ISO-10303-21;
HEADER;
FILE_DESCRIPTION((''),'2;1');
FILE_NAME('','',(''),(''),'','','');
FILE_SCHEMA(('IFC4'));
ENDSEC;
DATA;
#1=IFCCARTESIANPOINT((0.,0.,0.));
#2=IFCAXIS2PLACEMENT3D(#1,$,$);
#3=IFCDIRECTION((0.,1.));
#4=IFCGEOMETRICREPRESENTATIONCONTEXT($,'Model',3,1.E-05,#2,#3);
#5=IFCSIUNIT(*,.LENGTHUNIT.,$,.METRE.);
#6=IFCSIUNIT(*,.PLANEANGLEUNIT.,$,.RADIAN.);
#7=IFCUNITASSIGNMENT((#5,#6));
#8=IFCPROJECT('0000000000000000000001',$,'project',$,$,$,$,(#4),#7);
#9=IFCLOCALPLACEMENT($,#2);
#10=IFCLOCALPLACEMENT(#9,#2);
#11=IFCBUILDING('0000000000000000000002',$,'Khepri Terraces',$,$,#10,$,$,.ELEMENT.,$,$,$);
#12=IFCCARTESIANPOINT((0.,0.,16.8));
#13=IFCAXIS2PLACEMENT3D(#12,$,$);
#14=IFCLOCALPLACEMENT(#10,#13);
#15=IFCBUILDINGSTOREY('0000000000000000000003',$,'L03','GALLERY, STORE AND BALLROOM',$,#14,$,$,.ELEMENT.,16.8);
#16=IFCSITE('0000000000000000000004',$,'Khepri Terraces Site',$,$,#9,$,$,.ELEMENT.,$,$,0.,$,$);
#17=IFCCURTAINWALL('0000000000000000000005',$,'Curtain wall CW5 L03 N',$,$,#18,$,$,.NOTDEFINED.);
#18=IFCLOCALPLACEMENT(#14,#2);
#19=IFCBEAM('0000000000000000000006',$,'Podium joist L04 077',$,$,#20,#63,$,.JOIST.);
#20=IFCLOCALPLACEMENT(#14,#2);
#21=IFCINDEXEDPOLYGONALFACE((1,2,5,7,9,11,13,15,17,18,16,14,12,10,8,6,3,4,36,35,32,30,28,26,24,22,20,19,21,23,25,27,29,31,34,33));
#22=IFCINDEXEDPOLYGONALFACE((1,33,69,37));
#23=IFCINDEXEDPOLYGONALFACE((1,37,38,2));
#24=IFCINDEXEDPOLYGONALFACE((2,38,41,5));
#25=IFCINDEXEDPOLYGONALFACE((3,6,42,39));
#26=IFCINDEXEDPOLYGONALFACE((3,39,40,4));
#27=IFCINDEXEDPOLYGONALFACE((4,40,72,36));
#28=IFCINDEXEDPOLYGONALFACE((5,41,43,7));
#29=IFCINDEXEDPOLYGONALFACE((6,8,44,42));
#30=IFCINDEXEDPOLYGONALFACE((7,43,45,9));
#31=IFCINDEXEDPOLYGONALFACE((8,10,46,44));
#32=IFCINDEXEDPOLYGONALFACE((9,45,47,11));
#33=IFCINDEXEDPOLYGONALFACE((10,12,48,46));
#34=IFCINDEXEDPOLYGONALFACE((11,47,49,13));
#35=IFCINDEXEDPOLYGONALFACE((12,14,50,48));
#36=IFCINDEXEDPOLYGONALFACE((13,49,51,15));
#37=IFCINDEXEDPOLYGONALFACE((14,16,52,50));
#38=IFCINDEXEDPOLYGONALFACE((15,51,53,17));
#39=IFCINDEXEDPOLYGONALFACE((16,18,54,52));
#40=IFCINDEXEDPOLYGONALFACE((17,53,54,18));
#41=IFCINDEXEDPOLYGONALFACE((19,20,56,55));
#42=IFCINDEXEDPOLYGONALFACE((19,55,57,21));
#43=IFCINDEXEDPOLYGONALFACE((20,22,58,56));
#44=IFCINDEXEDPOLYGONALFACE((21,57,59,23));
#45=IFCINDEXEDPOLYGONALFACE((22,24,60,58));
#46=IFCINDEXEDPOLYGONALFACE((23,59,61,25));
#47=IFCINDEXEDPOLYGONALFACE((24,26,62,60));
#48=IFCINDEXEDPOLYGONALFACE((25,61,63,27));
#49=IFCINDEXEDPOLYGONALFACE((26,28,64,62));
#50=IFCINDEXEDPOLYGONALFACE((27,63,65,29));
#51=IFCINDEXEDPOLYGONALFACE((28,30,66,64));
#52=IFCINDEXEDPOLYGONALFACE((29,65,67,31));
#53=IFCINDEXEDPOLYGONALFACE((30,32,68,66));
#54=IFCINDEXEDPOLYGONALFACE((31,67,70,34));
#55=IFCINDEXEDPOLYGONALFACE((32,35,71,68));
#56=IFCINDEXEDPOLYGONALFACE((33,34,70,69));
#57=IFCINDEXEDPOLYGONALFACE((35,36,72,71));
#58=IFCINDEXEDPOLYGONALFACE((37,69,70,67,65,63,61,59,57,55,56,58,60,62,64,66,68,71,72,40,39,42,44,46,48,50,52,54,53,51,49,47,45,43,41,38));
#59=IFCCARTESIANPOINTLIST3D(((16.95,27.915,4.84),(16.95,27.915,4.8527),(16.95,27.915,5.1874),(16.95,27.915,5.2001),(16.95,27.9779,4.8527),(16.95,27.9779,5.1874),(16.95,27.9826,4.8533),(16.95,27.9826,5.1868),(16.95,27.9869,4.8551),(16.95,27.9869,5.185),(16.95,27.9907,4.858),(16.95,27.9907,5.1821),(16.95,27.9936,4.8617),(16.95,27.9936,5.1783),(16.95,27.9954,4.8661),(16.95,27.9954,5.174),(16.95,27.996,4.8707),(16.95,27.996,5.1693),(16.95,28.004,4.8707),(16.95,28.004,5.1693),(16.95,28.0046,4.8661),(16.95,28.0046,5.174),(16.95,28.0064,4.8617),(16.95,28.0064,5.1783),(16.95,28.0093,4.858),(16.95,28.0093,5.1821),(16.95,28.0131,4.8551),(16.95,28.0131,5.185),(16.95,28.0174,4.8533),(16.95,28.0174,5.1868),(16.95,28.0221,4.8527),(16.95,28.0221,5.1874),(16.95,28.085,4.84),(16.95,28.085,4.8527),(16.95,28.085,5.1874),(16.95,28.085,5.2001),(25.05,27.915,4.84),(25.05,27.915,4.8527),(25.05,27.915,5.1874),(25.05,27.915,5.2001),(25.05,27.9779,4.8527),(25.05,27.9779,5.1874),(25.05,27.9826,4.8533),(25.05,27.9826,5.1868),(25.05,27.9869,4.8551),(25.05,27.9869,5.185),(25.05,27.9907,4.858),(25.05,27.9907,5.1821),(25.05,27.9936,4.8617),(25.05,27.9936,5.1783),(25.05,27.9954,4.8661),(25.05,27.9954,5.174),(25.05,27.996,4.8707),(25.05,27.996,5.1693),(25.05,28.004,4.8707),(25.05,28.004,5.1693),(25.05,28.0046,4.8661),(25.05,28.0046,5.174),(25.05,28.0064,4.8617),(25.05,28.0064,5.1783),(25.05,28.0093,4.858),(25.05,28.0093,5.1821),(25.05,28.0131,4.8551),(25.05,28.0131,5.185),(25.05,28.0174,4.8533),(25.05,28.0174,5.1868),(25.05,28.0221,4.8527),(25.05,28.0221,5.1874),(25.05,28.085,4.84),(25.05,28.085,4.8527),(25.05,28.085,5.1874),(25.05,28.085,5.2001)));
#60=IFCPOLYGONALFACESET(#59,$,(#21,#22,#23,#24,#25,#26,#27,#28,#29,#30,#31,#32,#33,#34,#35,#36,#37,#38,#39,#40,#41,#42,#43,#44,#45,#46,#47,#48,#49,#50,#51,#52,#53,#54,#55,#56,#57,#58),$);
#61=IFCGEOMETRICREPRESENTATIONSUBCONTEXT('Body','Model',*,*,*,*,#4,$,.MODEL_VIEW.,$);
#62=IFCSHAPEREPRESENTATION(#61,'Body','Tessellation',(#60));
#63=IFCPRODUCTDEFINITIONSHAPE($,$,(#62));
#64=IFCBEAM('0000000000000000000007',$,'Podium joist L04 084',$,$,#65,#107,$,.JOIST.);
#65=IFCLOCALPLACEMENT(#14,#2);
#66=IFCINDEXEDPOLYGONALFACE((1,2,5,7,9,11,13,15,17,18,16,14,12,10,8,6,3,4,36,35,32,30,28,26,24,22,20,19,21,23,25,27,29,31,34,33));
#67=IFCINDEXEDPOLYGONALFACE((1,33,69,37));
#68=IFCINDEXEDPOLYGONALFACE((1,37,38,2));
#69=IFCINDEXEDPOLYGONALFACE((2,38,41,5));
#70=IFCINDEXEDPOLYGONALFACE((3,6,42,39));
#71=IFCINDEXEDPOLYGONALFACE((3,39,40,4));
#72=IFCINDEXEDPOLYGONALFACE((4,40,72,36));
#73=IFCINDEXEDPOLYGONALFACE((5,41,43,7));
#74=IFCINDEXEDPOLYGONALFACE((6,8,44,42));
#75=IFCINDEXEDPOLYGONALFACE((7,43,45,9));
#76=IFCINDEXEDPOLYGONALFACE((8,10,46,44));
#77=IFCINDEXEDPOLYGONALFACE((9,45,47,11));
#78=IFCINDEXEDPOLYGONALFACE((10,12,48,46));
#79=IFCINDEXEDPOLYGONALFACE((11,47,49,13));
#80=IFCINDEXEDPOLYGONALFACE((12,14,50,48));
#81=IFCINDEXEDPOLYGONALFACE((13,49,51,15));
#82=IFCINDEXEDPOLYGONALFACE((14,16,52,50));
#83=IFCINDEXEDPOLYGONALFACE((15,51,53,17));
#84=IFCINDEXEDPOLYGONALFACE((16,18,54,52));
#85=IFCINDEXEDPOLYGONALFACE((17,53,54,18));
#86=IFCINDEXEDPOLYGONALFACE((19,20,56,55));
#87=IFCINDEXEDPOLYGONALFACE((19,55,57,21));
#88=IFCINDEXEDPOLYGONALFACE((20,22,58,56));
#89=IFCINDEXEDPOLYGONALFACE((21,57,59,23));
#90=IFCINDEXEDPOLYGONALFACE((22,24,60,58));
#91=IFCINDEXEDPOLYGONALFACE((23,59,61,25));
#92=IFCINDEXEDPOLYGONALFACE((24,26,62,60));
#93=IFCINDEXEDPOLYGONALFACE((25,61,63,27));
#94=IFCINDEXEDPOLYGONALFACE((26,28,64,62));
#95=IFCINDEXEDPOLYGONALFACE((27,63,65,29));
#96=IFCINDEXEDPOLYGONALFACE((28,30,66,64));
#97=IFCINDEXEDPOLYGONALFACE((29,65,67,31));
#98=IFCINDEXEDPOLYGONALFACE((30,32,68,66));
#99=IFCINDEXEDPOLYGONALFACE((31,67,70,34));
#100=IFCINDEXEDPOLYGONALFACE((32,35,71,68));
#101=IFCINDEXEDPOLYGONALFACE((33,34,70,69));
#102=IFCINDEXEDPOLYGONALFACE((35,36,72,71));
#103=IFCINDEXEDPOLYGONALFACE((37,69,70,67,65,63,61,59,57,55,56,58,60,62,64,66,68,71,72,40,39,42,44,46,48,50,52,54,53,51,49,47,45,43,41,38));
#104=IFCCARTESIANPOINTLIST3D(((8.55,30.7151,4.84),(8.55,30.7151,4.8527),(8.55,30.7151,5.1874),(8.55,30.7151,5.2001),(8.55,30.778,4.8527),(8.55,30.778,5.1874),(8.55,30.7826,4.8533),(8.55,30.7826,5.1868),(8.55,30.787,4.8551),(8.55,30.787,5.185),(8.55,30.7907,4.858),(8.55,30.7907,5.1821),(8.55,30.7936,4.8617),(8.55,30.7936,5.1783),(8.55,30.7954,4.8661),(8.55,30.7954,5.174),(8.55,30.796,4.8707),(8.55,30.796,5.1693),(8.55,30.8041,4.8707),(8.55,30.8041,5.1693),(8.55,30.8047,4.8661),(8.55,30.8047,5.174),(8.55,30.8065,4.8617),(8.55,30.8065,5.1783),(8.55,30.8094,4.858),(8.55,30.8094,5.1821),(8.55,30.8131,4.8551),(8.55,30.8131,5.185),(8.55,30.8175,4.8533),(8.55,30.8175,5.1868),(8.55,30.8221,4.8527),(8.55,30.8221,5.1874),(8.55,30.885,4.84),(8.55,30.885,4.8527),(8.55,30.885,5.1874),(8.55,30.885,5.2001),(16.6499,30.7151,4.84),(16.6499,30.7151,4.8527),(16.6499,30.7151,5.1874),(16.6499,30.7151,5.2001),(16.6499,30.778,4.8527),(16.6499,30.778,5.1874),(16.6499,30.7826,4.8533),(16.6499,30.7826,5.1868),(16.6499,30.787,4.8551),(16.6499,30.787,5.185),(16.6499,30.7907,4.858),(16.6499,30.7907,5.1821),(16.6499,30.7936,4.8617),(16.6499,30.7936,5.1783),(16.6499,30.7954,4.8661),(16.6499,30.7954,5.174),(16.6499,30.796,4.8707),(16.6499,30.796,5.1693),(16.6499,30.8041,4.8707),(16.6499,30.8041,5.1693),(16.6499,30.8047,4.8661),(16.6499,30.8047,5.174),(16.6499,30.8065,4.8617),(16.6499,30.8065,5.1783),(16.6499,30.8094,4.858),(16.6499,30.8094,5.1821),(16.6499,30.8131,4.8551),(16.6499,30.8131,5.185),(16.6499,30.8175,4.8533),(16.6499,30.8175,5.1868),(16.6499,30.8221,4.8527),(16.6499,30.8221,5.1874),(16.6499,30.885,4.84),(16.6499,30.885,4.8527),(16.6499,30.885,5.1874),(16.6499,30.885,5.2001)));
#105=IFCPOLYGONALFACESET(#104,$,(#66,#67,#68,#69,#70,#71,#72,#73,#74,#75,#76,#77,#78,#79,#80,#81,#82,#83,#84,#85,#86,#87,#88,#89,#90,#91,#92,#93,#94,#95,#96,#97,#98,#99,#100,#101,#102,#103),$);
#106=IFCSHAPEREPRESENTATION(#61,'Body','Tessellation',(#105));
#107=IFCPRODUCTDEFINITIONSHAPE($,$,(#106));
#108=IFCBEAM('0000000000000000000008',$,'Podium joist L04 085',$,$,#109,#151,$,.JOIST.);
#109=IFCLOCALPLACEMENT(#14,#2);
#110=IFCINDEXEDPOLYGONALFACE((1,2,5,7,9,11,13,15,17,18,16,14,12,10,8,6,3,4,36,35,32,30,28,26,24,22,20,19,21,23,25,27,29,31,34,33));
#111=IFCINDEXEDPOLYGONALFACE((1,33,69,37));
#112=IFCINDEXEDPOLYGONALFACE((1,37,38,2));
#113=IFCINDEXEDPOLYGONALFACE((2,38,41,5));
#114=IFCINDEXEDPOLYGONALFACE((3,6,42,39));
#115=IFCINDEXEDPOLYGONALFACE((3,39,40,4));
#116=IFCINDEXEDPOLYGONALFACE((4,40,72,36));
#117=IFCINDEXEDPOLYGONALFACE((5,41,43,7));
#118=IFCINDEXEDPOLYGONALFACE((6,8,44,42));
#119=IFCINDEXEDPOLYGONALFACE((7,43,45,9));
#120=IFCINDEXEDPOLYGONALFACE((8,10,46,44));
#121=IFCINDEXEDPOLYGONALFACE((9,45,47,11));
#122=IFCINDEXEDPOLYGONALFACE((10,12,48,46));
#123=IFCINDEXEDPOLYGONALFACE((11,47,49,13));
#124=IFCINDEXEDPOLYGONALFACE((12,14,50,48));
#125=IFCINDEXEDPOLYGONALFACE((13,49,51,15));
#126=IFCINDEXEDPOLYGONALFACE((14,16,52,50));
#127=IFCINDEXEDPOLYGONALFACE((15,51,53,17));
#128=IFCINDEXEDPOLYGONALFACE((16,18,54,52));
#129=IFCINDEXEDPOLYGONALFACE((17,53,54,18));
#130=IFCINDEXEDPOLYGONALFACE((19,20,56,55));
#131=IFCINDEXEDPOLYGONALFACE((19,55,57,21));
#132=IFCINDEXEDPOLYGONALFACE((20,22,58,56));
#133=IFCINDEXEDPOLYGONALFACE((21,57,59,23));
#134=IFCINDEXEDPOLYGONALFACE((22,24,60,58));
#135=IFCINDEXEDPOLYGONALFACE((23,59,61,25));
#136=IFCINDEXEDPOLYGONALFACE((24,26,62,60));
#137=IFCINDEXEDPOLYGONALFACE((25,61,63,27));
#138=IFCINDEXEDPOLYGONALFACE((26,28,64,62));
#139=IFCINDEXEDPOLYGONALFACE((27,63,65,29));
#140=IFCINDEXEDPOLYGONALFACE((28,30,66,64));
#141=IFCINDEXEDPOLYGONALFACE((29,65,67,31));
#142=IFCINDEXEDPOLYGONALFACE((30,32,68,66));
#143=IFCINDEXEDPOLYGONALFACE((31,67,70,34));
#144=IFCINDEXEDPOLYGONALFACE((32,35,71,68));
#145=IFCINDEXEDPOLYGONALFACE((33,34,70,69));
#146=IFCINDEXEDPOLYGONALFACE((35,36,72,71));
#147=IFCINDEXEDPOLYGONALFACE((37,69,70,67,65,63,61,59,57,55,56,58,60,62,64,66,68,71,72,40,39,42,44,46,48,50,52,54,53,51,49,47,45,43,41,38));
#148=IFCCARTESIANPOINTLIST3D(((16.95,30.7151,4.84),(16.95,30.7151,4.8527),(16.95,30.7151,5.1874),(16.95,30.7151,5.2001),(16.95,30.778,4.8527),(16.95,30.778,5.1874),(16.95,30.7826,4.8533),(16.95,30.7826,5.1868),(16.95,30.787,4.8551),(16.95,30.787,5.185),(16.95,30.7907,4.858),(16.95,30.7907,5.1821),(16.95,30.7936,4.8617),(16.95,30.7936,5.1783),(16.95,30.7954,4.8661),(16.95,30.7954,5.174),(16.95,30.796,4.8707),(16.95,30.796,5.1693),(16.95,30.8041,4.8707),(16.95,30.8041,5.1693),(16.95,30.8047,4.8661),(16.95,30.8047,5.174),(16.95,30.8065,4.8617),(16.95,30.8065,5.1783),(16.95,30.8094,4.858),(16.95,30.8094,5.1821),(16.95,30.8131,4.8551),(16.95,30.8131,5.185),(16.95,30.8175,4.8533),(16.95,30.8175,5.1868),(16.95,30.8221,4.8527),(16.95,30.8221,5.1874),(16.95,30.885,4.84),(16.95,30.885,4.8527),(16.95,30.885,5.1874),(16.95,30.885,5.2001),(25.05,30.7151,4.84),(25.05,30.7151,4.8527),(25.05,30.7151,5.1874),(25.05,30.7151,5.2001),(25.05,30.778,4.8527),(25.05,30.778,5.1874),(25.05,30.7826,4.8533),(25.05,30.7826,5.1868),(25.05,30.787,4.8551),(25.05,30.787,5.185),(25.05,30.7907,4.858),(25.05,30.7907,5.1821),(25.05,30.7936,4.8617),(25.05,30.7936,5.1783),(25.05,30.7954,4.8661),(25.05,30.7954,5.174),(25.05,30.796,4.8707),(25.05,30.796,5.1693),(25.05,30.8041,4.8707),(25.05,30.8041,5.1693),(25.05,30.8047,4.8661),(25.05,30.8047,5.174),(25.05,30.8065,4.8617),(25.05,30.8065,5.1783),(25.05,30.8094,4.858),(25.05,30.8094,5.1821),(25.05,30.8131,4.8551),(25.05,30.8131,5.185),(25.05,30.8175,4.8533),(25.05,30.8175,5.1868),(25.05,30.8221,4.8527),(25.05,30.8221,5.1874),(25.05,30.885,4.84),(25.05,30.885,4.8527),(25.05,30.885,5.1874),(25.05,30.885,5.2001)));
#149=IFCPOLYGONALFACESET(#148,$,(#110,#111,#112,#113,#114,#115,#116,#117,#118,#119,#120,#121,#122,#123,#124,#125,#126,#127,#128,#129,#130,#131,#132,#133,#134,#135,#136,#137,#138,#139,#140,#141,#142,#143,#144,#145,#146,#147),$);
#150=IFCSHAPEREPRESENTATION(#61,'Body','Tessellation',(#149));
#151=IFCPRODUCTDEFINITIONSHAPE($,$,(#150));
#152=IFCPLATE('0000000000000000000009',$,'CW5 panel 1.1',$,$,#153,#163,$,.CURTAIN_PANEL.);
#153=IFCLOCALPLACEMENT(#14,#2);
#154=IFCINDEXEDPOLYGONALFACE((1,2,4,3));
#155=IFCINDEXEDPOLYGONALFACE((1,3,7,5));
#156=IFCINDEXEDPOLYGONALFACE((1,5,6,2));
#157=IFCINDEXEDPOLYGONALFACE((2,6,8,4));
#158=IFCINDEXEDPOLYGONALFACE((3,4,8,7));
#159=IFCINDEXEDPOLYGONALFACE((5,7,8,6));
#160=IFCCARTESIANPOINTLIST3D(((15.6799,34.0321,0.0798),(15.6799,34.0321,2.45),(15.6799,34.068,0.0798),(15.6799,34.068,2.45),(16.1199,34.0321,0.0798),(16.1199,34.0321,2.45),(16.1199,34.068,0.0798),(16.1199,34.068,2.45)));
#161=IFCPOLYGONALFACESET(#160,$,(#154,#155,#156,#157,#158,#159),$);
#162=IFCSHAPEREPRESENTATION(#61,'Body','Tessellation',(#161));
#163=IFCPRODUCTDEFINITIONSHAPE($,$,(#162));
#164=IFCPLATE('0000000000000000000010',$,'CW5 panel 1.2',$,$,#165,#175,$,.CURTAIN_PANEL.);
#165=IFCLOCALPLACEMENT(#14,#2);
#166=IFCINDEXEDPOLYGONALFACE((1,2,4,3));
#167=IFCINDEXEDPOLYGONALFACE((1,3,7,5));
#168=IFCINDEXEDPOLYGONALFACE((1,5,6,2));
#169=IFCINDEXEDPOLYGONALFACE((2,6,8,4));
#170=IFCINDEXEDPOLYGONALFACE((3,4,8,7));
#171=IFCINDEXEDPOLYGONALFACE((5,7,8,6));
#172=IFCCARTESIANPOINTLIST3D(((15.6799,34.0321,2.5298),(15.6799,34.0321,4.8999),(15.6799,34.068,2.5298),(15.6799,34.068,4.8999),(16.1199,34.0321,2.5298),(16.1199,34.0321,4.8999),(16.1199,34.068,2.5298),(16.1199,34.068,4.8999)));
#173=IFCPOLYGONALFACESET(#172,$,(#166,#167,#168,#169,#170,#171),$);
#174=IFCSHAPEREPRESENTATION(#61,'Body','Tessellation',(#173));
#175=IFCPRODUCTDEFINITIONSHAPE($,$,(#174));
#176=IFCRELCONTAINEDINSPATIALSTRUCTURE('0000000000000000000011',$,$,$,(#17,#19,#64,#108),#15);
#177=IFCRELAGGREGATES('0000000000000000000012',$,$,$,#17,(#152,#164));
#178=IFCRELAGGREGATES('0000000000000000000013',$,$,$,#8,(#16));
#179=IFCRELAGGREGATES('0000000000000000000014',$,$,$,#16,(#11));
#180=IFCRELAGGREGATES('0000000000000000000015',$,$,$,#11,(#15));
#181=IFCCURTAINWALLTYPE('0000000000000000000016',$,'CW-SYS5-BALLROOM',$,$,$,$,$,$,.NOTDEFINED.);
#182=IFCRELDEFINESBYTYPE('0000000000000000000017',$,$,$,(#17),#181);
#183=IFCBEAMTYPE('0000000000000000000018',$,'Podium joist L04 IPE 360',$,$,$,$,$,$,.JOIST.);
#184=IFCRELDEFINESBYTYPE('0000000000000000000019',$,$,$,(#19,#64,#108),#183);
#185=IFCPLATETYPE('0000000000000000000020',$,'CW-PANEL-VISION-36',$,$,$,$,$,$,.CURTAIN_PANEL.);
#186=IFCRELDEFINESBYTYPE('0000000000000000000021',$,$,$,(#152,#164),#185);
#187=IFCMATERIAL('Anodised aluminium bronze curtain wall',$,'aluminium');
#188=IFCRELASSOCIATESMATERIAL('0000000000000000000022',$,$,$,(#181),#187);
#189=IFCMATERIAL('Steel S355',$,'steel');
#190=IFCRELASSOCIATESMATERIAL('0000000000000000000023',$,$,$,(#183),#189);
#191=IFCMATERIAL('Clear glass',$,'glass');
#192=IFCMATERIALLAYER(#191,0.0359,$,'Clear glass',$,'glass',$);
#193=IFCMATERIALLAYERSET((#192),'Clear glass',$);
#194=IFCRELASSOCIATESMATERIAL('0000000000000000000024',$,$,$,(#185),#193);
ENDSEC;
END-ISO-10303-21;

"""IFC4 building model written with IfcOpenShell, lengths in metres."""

from ifc_helpers import new_model, si_unit, direction, frame, origin, origin_2d, place, context, subcontext, project, spatial, rectangle, i_section, extrude, material, layer, layer_set, material_profile, profile_set, type_object, element, aggregate, save


model = new_model("IFC4")

# Units and contexts
model_context = context("Model", 3, precision=1e-05, world=origin(), true_north=direction((0.0, 1.0)))
body_context = subcontext(model_context, "Body", "Model", "MODEL_VIEW")
ifc_project = project(units=[si_unit("LENGTHUNIT", "METRE"), si_unit("PLANEANGLEUNIT", "RADIAN")], contexts=[model_context])

# Site, building, storey
site_placement = place(None, origin())
site = spatial("IfcSite", under=ifc_project, at=site_placement, Name="Khepri Terraces Site", CompositionType="ELEMENT", RefElevation=0.0)
building_placement = place(site_placement, origin())
building = spatial("IfcBuilding", under=site, at=building_placement, Name="Khepri Terraces", CompositionType="ELEMENT")
storey_placement = place(building_placement, frame((0.0, 0.0, 16.8)))
storey = spatial("IfcBuildingStorey", under=building, at=storey_placement, Name="L03", Description="GALLERY, STORE AND BALLROOM", CompositionType="ELEMENT", Elevation=16.8)

# Curtain wall
ifc_material_1 = material(Name="Anodised aluminium bronze curtain wall", Category="aluminium")
curtain_wall_type = type_object("IfcCurtainWallType", Name="CW-SYS5-BALLROOM", PredefinedType="NOTDEFINED", material=ifc_material_1)
curtain_wall_placement = place(storey_placement, origin())
curtain_wall = element("IfcCurtainWall", 1, at=curtain_wall_placement, inside=storey, type_object=curtain_wall_type, Name="Curtain wall CW5 L03 N", PredefinedType="NOTDEFINED")

# Beams
ifc_material_2 = material(Name="Steel S355", Category="steel")
ifc_material_profile_1 = material_profile(ifc_material_2, i_section(OverallWidth=0.1699, OverallDepth=0.3601, WebThickness=0.0081, FlangeThickness=0.0127, FilletRadius=0.0181, at=origin_2d()), Name="Steel S355", Category="steel")
ifc_profile_set_1 = profile_set([ifc_material_profile_1], Name="Steel S355")
beam_type_1 = type_object("IfcBeamType", Name="Podium joist L04 IPE 360", PredefinedType="JOIST", material=ifc_profile_set_1)
beam_1_placement = place(storey_placement, frame((16.95, 28.0, 5.02), z_axis=(1.0, 0.0, 0.0), x_axis=(0.0, 1.0, 0.0)))
element("IfcBeam", 2, at=beam_1_placement, inside=storey, type_object=beam_type_1, Name="Podium joist L04 077", PredefinedType="JOIST", context=body_context, shape_type="SweptSolid", body=[
    extrude(i_section(OverallWidth=0.1699, OverallDepth=0.3601, WebThickness=0.0081, FlangeThickness=0.0127, FilletRadius=0.0181, at=origin_2d()), origin(), (0.0, 0.0, 1.0), 8.1001),
])
beam_2_placement = place(storey_placement, frame((8.55, 30.8, 5.02), z_axis=(1.0, 0.0, 0.0), x_axis=(0.0, 1.0, 0.0)))
element("IfcBeam", 3, at=beam_2_placement, inside=storey, type_object=beam_type_1, Name="Podium joist L04 084", PredefinedType="JOIST", context=body_context, shape_type="SweptSolid", body=[
    extrude(i_section(OverallWidth=0.1699, OverallDepth=0.3601, WebThickness=0.0081, FlangeThickness=0.0127, FilletRadius=0.0181, at=origin_2d()), origin(), (0.0, 0.0, 1.0), 8.0999),
])
beam_3_placement = place(storey_placement, frame((16.95, 30.8, 5.02), z_axis=(1.0, 0.0, 0.0), x_axis=(0.0, 1.0, 0.0)))
element("IfcBeam", 4, at=beam_3_placement, inside=storey, type_object=beam_type_1, Name="Podium joist L04 085", PredefinedType="JOIST", context=body_context, shape_type="SweptSolid", body=[
    extrude(i_section(OverallWidth=0.1699, OverallDepth=0.3601, WebThickness=0.0081, FlangeThickness=0.0127, FilletRadius=0.0181, at=origin_2d()), origin(), (0.0, 0.0, 1.0), 8.1001),
])

# Plates
ifc_material_3 = material(Name="Clear glass", Category="glass")
ifc_layer_1 = layer(ifc_material_3, 0.0359, Name="Clear glass", Category="glass")
ifc_layer_set_1 = layer_set([ifc_layer_1], Name="Clear glass")
plate_type = type_object("IfcPlateType", Name="CW-PANEL-VISION-36", PredefinedType="CURTAIN_PANEL", material=ifc_layer_set_1)
plate_1_placement = place(storey_placement, frame((15.8999, 34.05, 0.0798), z_axis=(0.0, 0.0, 1.0), x_axis=(-1.0, 0.0, 0.0)))
plate_1 = element("IfcPlate", 5, at=plate_1_placement, type_object=plate_type, Name="CW5 panel 1.1", PredefinedType="CURTAIN_PANEL", context=body_context, shape_type="SweptSolid", body=[
    extrude(rectangle(XDim=0.4399, YDim=0.0359, at=origin_2d()), origin(), (0.0, 0.0, 1.0), 2.3701),
])
plate_2_placement = place(storey_placement, frame((15.8999, 34.05, 2.5298), z_axis=(0.0, 0.0, 1.0), x_axis=(-1.0, 0.0, 0.0)))
plate_2 = element("IfcPlate", 6, at=plate_2_placement, type_object=plate_type, Name="CW5 panel 1.2", PredefinedType="CURTAIN_PANEL", context=body_context, shape_type="SweptSolid", body=[
    extrude(rectangle(XDim=0.4399, YDim=0.0359, at=origin_2d()), origin(), (0.0, 0.0, 1.0), 2.3701),
])
aggregate(curtain_wall, [plate_1, plate_2])

save(model, "model.ifc")
